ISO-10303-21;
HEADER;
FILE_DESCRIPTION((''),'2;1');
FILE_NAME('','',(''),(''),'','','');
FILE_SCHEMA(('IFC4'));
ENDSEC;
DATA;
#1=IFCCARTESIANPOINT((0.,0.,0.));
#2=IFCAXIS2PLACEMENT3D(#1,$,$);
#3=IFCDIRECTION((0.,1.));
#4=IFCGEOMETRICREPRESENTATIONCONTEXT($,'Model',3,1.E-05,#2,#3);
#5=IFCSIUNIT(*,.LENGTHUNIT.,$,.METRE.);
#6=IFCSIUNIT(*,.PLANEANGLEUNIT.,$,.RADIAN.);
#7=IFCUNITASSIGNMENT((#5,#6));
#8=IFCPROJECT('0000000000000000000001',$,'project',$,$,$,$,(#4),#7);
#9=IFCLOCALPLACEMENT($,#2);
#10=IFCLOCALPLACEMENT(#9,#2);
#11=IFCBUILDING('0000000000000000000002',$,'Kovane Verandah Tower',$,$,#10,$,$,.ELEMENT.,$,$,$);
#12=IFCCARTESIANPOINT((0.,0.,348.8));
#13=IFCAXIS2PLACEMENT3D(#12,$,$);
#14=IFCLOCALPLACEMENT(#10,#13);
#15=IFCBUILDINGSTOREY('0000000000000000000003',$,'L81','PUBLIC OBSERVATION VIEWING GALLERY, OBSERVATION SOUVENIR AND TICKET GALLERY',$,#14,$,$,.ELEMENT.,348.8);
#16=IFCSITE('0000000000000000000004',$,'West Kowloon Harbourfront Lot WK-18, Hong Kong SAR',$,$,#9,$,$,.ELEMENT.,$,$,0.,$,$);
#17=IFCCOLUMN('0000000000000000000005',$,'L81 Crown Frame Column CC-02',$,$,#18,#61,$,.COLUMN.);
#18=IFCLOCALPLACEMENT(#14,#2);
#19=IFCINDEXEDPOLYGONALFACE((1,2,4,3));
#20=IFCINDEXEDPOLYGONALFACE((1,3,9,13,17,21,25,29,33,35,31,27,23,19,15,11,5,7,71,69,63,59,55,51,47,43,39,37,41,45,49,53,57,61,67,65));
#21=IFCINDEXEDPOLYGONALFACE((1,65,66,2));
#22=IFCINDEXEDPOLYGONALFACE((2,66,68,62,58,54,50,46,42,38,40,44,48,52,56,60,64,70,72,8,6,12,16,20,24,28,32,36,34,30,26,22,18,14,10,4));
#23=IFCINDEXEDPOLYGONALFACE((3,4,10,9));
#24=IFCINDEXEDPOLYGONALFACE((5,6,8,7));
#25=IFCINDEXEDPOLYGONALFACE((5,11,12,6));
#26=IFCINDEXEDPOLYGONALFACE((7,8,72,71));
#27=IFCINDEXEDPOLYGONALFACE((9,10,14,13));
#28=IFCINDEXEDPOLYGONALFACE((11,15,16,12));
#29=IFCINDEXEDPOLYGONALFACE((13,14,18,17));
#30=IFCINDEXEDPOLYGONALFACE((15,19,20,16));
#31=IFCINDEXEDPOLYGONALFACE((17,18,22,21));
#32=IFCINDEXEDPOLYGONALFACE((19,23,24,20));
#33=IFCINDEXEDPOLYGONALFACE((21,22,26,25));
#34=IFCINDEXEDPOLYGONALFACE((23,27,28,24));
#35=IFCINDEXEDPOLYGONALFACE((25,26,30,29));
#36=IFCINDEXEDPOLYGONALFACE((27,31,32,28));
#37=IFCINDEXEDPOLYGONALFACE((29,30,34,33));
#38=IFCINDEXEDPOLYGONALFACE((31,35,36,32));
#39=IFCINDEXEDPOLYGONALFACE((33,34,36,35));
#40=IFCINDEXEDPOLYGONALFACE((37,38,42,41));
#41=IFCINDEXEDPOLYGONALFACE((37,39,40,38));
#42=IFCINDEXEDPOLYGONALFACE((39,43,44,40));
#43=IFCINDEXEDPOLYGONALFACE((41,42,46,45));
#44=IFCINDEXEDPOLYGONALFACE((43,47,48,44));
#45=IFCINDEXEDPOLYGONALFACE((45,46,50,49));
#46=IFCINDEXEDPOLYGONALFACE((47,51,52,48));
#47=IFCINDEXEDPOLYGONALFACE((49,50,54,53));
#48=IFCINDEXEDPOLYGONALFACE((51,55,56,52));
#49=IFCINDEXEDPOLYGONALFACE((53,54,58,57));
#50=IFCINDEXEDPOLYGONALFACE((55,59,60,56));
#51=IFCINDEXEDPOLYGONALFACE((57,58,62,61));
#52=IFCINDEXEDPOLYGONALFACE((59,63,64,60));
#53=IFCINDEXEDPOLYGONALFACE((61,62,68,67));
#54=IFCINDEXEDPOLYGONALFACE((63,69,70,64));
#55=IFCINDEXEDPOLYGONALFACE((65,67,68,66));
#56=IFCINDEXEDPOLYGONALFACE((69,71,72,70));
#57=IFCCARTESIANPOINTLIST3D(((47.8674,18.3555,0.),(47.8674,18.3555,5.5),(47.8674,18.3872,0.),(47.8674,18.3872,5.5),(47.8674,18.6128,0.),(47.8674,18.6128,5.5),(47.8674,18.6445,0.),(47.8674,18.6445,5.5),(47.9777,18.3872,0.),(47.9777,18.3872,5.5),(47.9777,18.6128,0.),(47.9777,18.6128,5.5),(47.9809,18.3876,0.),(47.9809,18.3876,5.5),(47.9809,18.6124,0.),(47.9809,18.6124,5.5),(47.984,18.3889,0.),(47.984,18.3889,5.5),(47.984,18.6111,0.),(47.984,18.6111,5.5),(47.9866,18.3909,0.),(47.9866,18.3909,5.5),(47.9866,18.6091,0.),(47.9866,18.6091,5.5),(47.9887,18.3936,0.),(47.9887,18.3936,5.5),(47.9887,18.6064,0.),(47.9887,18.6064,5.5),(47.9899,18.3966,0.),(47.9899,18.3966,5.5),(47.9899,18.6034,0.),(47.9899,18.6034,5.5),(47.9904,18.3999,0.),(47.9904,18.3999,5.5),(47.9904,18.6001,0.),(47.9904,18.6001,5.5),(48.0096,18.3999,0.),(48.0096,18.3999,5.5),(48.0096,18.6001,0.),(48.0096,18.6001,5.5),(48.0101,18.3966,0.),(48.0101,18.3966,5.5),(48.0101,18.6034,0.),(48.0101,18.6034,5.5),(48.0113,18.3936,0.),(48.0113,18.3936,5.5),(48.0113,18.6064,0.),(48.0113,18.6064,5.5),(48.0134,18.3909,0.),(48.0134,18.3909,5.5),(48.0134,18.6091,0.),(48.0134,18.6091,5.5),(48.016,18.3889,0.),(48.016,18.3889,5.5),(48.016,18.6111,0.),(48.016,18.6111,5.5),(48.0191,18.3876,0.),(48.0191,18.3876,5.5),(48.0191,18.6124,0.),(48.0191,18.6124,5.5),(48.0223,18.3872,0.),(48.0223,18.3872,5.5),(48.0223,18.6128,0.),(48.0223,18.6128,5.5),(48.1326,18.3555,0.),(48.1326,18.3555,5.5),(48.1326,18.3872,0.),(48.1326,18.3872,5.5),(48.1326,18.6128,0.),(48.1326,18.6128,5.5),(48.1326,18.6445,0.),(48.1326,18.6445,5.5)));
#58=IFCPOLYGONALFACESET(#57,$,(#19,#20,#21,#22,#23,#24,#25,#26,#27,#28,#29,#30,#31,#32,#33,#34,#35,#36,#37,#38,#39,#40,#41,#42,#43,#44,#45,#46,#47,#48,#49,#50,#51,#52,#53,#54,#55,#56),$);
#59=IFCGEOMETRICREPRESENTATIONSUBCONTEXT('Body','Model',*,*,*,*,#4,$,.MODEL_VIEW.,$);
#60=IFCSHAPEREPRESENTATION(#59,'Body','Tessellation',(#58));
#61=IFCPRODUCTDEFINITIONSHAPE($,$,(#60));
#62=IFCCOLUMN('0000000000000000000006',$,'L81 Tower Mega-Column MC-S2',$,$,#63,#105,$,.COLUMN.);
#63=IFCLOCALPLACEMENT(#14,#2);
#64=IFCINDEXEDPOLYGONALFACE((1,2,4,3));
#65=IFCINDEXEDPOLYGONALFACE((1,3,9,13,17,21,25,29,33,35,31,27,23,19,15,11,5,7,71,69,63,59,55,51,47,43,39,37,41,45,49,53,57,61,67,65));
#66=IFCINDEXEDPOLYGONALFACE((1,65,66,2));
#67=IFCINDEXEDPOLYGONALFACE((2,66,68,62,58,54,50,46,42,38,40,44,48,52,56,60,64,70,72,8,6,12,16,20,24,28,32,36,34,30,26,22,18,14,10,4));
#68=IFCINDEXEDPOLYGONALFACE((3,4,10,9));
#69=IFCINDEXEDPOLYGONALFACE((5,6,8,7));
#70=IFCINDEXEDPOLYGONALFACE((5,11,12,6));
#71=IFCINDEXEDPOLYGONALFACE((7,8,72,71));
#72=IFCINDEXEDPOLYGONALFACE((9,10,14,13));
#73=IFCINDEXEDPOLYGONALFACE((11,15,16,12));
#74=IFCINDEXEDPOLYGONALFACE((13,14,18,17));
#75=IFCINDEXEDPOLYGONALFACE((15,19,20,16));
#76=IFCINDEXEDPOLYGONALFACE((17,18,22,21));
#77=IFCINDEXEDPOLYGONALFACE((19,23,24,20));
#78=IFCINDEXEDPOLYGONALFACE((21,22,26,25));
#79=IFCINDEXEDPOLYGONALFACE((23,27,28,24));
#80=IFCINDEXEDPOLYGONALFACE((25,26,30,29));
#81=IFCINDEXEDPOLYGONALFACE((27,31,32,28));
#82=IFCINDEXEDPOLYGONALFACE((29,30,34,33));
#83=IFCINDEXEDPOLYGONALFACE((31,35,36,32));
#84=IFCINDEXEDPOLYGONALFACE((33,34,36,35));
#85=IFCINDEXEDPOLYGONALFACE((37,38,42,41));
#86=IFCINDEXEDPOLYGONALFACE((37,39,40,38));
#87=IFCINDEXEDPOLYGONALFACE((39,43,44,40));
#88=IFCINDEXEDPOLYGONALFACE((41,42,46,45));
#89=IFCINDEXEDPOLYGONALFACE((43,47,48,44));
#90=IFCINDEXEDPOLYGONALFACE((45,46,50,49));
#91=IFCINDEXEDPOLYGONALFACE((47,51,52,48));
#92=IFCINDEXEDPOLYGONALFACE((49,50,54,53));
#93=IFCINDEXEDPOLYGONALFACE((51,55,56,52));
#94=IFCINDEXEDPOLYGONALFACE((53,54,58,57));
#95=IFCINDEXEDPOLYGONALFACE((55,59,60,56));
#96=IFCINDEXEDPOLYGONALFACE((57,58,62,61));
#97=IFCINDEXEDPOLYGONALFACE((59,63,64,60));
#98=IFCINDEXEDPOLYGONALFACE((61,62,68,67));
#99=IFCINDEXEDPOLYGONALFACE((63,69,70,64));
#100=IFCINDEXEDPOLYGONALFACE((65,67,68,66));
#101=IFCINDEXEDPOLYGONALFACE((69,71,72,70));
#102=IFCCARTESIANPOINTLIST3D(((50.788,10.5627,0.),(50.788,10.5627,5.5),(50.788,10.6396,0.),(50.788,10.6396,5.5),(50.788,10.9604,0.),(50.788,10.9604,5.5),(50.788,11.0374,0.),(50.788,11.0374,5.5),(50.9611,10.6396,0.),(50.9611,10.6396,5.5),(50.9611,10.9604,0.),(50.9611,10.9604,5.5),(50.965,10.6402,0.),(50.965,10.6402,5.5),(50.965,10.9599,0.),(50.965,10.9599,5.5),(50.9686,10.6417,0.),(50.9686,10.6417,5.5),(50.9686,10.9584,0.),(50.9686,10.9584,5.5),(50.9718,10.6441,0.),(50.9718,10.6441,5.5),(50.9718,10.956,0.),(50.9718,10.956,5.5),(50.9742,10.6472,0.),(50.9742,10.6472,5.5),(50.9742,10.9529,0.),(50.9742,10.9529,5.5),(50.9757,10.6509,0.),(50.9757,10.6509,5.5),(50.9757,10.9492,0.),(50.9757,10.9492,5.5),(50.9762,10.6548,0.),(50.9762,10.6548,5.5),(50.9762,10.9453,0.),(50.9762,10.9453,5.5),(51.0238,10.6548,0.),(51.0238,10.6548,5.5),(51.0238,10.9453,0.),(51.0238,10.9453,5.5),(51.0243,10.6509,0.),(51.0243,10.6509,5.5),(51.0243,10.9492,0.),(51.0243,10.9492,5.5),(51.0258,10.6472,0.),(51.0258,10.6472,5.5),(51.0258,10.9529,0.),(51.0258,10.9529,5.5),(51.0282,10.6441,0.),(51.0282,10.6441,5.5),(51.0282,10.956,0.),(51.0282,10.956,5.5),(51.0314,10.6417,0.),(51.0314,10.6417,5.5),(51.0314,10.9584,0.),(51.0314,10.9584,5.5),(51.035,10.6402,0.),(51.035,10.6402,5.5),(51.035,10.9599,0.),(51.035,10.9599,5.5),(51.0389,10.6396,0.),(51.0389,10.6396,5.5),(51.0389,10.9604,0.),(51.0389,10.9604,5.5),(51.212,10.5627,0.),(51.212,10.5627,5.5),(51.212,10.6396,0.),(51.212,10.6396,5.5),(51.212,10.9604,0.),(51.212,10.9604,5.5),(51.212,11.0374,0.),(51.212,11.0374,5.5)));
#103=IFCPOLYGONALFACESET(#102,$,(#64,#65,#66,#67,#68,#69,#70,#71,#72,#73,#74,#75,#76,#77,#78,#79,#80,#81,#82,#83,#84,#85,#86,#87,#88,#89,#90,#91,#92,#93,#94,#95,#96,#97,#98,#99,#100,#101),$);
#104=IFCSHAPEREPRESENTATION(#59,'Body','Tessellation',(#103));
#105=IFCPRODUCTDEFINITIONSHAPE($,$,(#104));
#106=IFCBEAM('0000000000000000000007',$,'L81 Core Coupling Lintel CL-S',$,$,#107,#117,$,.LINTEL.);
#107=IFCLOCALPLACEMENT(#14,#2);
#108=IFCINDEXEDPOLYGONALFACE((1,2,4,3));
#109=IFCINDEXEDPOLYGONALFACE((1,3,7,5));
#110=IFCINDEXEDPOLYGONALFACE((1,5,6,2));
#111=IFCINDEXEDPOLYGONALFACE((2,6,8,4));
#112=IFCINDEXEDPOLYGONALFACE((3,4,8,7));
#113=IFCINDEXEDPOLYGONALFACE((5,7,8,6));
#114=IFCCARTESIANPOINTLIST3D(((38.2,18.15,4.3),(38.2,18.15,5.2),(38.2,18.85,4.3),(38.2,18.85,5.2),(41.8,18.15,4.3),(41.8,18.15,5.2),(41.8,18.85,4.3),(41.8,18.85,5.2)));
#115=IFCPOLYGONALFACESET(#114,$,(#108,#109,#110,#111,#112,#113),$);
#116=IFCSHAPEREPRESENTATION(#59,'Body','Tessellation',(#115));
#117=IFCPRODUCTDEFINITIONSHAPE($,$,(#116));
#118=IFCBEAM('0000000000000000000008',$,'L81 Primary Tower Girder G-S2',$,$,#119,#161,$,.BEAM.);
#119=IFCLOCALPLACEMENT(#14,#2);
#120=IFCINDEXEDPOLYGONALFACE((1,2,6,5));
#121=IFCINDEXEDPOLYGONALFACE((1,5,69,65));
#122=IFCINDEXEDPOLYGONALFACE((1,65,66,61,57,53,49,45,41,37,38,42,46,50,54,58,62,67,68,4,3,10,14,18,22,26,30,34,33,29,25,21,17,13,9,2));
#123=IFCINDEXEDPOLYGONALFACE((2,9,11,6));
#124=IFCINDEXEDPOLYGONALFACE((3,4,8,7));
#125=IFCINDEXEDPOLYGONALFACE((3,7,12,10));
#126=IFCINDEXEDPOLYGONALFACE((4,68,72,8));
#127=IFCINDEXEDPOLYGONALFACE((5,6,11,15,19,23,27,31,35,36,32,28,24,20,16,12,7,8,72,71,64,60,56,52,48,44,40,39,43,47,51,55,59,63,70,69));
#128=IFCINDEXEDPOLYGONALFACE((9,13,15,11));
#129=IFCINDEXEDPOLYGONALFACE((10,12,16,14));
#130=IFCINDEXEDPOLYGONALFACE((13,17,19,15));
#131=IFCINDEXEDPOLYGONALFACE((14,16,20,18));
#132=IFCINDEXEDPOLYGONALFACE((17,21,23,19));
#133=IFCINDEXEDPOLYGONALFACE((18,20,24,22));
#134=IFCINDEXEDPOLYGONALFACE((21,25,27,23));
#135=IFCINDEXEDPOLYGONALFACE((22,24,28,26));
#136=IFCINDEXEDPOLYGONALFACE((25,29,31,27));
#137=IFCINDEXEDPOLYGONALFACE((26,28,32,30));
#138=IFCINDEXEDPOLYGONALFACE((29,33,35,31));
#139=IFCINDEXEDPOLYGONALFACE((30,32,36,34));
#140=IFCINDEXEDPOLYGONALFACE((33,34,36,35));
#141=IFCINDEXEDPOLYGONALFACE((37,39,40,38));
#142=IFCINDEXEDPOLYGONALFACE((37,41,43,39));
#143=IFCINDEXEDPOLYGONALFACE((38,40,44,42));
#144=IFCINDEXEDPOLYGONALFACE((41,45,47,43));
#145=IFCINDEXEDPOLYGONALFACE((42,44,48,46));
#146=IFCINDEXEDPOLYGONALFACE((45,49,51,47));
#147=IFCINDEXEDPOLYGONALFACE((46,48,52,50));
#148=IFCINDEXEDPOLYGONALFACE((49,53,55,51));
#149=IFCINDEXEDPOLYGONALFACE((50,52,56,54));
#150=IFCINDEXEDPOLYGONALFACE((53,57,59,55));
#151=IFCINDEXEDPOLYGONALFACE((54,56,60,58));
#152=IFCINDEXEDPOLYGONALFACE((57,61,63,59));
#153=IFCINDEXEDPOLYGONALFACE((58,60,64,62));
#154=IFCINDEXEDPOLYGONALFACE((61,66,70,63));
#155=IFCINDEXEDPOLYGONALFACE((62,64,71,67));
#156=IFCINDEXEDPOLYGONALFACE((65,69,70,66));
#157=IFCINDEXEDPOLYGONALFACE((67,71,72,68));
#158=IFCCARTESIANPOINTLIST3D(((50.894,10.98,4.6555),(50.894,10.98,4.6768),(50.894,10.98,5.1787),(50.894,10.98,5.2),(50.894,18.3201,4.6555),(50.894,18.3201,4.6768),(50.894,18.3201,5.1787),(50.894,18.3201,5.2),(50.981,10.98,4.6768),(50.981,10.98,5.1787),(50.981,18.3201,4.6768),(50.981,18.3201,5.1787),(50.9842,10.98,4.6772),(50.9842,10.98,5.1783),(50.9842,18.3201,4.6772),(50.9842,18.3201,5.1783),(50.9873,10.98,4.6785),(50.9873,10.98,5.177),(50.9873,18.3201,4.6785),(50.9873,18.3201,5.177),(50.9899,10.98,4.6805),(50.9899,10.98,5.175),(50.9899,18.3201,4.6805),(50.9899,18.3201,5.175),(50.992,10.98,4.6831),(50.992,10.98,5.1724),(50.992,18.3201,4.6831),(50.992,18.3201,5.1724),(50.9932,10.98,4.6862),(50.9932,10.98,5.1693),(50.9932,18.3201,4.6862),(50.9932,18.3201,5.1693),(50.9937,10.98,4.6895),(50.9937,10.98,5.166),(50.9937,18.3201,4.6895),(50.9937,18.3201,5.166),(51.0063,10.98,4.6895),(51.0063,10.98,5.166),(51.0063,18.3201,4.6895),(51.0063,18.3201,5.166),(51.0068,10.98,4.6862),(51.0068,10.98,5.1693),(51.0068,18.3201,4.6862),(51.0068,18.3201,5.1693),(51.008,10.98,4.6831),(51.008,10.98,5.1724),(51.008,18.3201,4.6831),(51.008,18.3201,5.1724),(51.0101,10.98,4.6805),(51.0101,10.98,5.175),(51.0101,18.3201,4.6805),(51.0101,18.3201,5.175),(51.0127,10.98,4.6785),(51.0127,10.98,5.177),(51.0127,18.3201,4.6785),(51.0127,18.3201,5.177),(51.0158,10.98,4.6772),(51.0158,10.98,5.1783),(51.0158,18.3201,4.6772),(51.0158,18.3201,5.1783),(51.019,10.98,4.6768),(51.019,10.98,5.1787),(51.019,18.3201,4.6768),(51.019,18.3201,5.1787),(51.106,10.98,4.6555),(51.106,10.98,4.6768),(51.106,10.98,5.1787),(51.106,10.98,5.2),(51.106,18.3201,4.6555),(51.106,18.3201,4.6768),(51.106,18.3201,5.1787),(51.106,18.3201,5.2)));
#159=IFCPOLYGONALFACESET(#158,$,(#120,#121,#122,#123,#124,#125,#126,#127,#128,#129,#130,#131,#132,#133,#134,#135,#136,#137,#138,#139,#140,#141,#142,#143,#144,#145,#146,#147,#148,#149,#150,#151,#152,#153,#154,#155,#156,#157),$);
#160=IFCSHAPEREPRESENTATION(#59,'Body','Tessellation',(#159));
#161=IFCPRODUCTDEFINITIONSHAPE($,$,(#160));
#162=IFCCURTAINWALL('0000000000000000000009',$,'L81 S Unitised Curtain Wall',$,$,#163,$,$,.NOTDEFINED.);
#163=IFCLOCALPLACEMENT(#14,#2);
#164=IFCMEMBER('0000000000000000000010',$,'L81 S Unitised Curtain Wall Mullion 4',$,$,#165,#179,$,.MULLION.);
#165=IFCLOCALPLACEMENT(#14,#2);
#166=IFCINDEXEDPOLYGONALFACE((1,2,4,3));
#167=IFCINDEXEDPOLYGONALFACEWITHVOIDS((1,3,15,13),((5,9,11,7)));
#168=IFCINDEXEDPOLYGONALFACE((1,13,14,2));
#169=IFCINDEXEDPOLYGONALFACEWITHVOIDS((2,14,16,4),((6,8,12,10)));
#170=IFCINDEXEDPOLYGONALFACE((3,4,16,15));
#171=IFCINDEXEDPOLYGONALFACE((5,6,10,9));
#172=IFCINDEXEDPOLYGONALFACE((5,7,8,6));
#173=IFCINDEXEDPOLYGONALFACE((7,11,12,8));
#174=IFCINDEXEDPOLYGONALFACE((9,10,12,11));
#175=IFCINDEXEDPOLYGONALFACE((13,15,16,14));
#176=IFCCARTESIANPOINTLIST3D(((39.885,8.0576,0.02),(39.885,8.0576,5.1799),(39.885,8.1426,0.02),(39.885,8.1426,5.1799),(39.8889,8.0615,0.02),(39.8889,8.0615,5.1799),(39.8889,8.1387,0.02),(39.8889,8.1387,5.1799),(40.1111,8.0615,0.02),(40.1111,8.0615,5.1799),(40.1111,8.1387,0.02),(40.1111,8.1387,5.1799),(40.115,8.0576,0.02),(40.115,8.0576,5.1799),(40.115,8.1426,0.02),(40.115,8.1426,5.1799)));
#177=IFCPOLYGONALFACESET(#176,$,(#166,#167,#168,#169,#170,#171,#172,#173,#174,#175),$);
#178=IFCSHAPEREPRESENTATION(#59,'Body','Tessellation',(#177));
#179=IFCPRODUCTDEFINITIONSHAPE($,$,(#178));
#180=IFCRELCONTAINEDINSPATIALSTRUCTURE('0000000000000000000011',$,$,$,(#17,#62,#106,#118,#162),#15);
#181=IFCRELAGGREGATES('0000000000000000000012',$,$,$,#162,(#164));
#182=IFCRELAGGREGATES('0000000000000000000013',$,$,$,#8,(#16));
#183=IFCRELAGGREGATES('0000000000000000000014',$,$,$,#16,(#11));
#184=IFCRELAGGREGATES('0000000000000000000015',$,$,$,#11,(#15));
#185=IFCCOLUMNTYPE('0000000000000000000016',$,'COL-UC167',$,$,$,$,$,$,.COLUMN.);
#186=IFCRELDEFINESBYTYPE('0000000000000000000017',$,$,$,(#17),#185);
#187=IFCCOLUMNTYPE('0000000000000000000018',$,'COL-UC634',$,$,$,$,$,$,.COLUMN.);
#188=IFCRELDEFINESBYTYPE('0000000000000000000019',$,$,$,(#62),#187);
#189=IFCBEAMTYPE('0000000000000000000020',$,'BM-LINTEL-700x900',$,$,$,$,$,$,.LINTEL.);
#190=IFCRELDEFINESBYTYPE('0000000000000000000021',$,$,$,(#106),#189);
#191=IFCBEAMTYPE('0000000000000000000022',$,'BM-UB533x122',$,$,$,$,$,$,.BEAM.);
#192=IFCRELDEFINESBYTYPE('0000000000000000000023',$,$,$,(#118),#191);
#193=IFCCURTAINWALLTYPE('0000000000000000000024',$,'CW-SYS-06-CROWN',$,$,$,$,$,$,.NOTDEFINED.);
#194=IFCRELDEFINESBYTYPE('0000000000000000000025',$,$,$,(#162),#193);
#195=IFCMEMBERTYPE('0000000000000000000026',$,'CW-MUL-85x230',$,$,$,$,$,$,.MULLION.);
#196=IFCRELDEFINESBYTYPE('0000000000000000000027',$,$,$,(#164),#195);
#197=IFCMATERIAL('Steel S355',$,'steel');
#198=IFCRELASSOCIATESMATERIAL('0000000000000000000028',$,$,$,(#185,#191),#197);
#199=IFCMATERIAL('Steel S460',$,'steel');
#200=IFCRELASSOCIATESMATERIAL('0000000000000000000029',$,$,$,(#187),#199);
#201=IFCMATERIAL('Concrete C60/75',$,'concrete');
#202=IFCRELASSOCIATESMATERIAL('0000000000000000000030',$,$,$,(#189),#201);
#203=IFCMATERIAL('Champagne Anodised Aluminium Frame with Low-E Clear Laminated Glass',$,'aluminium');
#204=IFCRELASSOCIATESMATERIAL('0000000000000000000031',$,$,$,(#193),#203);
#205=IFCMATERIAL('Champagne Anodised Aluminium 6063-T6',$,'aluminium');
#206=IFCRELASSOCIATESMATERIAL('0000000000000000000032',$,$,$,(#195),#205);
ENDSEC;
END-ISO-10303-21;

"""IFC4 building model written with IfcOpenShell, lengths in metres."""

from ifc_helpers import new_model, si_unit, direction, frame, origin, origin_2d, place, context, subcontext, project, spatial, rectangle, hollow_rectangle, i_section, extrude, material, material_profile, profile_set, type_object, element, aggregate, save


model = new_model("IFC4")

# Units and contexts
model_context = context("Model", 3, precision=1e-05, world=origin(), true_north=direction((0.0, 1.0)))
body_context = subcontext(model_context, "Body", "Model", "MODEL_VIEW")
ifc_project = project(units=[si_unit("LENGTHUNIT", "METRE"), si_unit("PLANEANGLEUNIT", "RADIAN")], contexts=[model_context])

# Site, building, storey
site_placement = place(None, origin())
site = spatial("IfcSite", under=ifc_project, at=site_placement, Name="West Kowloon Harbourfront Lot WK-18, Hong Kong SAR", CompositionType="ELEMENT", RefElevation=0.0)
building_placement = place(site_placement, origin())
building = spatial("IfcBuilding", under=site, at=building_placement, Name="Kovane Verandah Tower", CompositionType="ELEMENT")
storey_placement = place(building_placement, frame((0.0, 0.0, 348.8)))
storey = spatial("IfcBuildingStorey", under=building, at=storey_placement, Name="L81", Description="PUBLIC OBSERVATION VIEWING GALLERY, OBSERVATION SOUVENIR AND TICKET GALLERY", CompositionType="ELEMENT", Elevation=348.8)

# Columns
ifc_material_1 = material(Name="Steel S355", Category="steel")
ifc_material_profile_1 = material_profile(ifc_material_1, i_section(OverallWidth=0.2651, OverallDepth=0.2891, WebThickness=0.0193, FlangeThickness=0.0317, FilletRadius=0.0127, at=origin_2d()), Name="UC254x254x167")
ifc_profile_set_1 = profile_set([ifc_material_profile_1], Name="Steel S355")
column_type_1 = type_object("IfcColumnType", Name="COL-UC167", PredefinedType="COLUMN", material=ifc_profile_set_1)
column_1_placement = place(storey_placement, frame((48.0, 18.5, 0.0), z_axis=(0.0, 0.0, 1.0), x_axis=(1.0, 0.0, 0.0)))
element("IfcColumn", 1, at=column_1_placement, inside=storey, type_object=column_type_1, Name="L81 Crown Frame Column CC-02", PredefinedType="COLUMN", context=body_context, shape_type="SweptSolid", body=[
    extrude(i_section(OverallWidth=0.2651, OverallDepth=0.2891, WebThickness=0.0193, FlangeThickness=0.0317, FilletRadius=0.0127, at=origin_2d()), origin(), (0.0, 0.0, 1.0), 5.5),
])
ifc_material_2 = material(Name="Steel S460", Category="steel")
ifc_material_profile_2 = material_profile(ifc_material_2, i_section(OverallWidth=0.4241, OverallDepth=0.4746, WebThickness=0.0476, FlangeThickness=0.0769, FilletRadius=0.0151, at=origin_2d()), Name="UC356x406x634")
ifc_profile_set_2 = profile_set([ifc_material_profile_2], Name="Steel S460")
column_type_2 = type_object("IfcColumnType", Name="COL-UC634", PredefinedType="COLUMN", material=ifc_profile_set_2)
column_2_placement = place(storey_placement, frame((51.0, 10.8, 0.0), z_axis=(0.0, 0.0, 1.0), x_axis=(1.0, 0.0, 0.0)))
element("IfcColumn", 2, at=column_2_placement, inside=storey, type_object=column_type_2, Name="L81 Tower Mega-Column MC-S2", PredefinedType="COLUMN", context=body_context, shape_type="SweptSolid", body=[
    extrude(i_section(OverallWidth=0.4241, OverallDepth=0.4746, WebThickness=0.0476, FlangeThickness=0.0769, FilletRadius=0.0151, at=origin_2d()), origin(), (0.0, 0.0, 1.0), 5.5),
])

# Beams
ifc_material_3 = material(Name="Concrete C60/75", Category="concrete")
ifc_material_profile_3 = material_profile(ifc_material_3, rectangle(XDim=0.7, YDim=0.8999, at=origin_2d()), Name="RCB700x900")
ifc_profile_set_3 = profile_set([ifc_material_profile_3], Name="Concrete C60/75")
beam_type_1 = type_object("IfcBeamType", Name="BM-LINTEL-700x900", PredefinedType="LINTEL", material=ifc_profile_set_3)
beam_1_placement = place(storey_placement, frame((38.2, 18.5, 4.75), z_axis=(1.0, 0.0, 0.0), x_axis=(0.0, 1.0, 0.0)))
element("IfcBeam", 3, at=beam_1_placement, inside=storey, type_object=beam_type_1, Name="L81 Core Coupling Lintel CL-S", PredefinedType="LINTEL", context=body_context, shape_type="SweptSolid", body=[
    extrude(rectangle(XDim=0.7, YDim=0.8999, at=origin_2d()), origin(), (0.0, 0.0, 1.0), 3.6001),
])
ifc_material_profile_4 = material_profile(ifc_material_1, i_section(OverallWidth=0.2119, OverallDepth=0.5444, WebThickness=0.0127, FlangeThickness=0.0212, FilletRadius=0.0127, at=origin_2d()), Name="UB533x210x122")
ifc_profile_set_4 = profile_set([ifc_material_profile_4], Name="Steel S355")
beam_type_2 = type_object("IfcBeamType", Name="BM-UB533x122", PredefinedType="BEAM", material=ifc_profile_set_4)
beam_2_placement = place(storey_placement, frame((51.0, 18.3201, 4.9277), z_axis=(0.0, -1.0, 0.0), x_axis=(1.0, 0.0, 0.0)))
element("IfcBeam", 4, at=beam_2_placement, inside=storey, type_object=beam_type_2, Name="L81 Primary Tower Girder G-S2", PredefinedType="BEAM", context=body_context, shape_type="SweptSolid", body=[
    extrude(i_section(OverallWidth=0.2119, OverallDepth=0.5444, WebThickness=0.0127, FlangeThickness=0.0212, FilletRadius=0.0127, at=origin_2d()), origin(), (0.0, 0.0, 1.0), 7.3401),
])

# Curtain wall, member
ifc_material_4 = material(Name="Champagne Anodised Aluminium Frame with Low-E Clear Laminated Glass", Category="aluminium")
curtain_wall_type = type_object("IfcCurtainWallType", Name="CW-SYS-06-CROWN", PredefinedType="NOTDEFINED", material=ifc_material_4)
curtain_wall_placement = place(storey_placement, origin())
curtain_wall = element("IfcCurtainWall", 5, at=curtain_wall_placement, inside=storey, type_object=curtain_wall_type, Name="L81 S Unitised Curtain Wall", PredefinedType="NOTDEFINED")
ifc_material_5 = material(Name="Champagne Anodised Aluminium 6063-T6", Category="aluminium")
ifc_material_profile_5 = material_profile(ifc_material_5, hollow_rectangle(XDim=0.085, YDim=0.23, WallThickness=0.0039, at=origin_2d()), Name="AL85x230x4")
ifc_profile_set_5 = profile_set([ifc_material_profile_5], Name="Champagne Anodised Aluminium 6063-T6")
member_type_1 = type_object("IfcMemberType", Name="CW-MUL-85x230", PredefinedType="MULLION", material=ifc_profile_set_5)
member_1_placement = place(storey_placement, frame((40.0, 8.1001, 0.02), z_axis=(0.0, 0.0, 1.0), x_axis=(0.0, -1.0, 0.0)))
member_1 = element("IfcMember", 6, at=member_1_placement, type_object=member_type_1, Name="L81 S Unitised Curtain Wall Mullion 4", PredefinedType="MULLION", context=body_context, shape_type="SweptSolid", body=[
    extrude(hollow_rectangle(XDim=0.085, YDim=0.23, WallThickness=0.0039, at=origin_2d()), origin(), (0.0, 0.0, 1.0), 5.1599),
])
aggregate(curtain_wall, [member_1])

save(model, "model.ifc")
